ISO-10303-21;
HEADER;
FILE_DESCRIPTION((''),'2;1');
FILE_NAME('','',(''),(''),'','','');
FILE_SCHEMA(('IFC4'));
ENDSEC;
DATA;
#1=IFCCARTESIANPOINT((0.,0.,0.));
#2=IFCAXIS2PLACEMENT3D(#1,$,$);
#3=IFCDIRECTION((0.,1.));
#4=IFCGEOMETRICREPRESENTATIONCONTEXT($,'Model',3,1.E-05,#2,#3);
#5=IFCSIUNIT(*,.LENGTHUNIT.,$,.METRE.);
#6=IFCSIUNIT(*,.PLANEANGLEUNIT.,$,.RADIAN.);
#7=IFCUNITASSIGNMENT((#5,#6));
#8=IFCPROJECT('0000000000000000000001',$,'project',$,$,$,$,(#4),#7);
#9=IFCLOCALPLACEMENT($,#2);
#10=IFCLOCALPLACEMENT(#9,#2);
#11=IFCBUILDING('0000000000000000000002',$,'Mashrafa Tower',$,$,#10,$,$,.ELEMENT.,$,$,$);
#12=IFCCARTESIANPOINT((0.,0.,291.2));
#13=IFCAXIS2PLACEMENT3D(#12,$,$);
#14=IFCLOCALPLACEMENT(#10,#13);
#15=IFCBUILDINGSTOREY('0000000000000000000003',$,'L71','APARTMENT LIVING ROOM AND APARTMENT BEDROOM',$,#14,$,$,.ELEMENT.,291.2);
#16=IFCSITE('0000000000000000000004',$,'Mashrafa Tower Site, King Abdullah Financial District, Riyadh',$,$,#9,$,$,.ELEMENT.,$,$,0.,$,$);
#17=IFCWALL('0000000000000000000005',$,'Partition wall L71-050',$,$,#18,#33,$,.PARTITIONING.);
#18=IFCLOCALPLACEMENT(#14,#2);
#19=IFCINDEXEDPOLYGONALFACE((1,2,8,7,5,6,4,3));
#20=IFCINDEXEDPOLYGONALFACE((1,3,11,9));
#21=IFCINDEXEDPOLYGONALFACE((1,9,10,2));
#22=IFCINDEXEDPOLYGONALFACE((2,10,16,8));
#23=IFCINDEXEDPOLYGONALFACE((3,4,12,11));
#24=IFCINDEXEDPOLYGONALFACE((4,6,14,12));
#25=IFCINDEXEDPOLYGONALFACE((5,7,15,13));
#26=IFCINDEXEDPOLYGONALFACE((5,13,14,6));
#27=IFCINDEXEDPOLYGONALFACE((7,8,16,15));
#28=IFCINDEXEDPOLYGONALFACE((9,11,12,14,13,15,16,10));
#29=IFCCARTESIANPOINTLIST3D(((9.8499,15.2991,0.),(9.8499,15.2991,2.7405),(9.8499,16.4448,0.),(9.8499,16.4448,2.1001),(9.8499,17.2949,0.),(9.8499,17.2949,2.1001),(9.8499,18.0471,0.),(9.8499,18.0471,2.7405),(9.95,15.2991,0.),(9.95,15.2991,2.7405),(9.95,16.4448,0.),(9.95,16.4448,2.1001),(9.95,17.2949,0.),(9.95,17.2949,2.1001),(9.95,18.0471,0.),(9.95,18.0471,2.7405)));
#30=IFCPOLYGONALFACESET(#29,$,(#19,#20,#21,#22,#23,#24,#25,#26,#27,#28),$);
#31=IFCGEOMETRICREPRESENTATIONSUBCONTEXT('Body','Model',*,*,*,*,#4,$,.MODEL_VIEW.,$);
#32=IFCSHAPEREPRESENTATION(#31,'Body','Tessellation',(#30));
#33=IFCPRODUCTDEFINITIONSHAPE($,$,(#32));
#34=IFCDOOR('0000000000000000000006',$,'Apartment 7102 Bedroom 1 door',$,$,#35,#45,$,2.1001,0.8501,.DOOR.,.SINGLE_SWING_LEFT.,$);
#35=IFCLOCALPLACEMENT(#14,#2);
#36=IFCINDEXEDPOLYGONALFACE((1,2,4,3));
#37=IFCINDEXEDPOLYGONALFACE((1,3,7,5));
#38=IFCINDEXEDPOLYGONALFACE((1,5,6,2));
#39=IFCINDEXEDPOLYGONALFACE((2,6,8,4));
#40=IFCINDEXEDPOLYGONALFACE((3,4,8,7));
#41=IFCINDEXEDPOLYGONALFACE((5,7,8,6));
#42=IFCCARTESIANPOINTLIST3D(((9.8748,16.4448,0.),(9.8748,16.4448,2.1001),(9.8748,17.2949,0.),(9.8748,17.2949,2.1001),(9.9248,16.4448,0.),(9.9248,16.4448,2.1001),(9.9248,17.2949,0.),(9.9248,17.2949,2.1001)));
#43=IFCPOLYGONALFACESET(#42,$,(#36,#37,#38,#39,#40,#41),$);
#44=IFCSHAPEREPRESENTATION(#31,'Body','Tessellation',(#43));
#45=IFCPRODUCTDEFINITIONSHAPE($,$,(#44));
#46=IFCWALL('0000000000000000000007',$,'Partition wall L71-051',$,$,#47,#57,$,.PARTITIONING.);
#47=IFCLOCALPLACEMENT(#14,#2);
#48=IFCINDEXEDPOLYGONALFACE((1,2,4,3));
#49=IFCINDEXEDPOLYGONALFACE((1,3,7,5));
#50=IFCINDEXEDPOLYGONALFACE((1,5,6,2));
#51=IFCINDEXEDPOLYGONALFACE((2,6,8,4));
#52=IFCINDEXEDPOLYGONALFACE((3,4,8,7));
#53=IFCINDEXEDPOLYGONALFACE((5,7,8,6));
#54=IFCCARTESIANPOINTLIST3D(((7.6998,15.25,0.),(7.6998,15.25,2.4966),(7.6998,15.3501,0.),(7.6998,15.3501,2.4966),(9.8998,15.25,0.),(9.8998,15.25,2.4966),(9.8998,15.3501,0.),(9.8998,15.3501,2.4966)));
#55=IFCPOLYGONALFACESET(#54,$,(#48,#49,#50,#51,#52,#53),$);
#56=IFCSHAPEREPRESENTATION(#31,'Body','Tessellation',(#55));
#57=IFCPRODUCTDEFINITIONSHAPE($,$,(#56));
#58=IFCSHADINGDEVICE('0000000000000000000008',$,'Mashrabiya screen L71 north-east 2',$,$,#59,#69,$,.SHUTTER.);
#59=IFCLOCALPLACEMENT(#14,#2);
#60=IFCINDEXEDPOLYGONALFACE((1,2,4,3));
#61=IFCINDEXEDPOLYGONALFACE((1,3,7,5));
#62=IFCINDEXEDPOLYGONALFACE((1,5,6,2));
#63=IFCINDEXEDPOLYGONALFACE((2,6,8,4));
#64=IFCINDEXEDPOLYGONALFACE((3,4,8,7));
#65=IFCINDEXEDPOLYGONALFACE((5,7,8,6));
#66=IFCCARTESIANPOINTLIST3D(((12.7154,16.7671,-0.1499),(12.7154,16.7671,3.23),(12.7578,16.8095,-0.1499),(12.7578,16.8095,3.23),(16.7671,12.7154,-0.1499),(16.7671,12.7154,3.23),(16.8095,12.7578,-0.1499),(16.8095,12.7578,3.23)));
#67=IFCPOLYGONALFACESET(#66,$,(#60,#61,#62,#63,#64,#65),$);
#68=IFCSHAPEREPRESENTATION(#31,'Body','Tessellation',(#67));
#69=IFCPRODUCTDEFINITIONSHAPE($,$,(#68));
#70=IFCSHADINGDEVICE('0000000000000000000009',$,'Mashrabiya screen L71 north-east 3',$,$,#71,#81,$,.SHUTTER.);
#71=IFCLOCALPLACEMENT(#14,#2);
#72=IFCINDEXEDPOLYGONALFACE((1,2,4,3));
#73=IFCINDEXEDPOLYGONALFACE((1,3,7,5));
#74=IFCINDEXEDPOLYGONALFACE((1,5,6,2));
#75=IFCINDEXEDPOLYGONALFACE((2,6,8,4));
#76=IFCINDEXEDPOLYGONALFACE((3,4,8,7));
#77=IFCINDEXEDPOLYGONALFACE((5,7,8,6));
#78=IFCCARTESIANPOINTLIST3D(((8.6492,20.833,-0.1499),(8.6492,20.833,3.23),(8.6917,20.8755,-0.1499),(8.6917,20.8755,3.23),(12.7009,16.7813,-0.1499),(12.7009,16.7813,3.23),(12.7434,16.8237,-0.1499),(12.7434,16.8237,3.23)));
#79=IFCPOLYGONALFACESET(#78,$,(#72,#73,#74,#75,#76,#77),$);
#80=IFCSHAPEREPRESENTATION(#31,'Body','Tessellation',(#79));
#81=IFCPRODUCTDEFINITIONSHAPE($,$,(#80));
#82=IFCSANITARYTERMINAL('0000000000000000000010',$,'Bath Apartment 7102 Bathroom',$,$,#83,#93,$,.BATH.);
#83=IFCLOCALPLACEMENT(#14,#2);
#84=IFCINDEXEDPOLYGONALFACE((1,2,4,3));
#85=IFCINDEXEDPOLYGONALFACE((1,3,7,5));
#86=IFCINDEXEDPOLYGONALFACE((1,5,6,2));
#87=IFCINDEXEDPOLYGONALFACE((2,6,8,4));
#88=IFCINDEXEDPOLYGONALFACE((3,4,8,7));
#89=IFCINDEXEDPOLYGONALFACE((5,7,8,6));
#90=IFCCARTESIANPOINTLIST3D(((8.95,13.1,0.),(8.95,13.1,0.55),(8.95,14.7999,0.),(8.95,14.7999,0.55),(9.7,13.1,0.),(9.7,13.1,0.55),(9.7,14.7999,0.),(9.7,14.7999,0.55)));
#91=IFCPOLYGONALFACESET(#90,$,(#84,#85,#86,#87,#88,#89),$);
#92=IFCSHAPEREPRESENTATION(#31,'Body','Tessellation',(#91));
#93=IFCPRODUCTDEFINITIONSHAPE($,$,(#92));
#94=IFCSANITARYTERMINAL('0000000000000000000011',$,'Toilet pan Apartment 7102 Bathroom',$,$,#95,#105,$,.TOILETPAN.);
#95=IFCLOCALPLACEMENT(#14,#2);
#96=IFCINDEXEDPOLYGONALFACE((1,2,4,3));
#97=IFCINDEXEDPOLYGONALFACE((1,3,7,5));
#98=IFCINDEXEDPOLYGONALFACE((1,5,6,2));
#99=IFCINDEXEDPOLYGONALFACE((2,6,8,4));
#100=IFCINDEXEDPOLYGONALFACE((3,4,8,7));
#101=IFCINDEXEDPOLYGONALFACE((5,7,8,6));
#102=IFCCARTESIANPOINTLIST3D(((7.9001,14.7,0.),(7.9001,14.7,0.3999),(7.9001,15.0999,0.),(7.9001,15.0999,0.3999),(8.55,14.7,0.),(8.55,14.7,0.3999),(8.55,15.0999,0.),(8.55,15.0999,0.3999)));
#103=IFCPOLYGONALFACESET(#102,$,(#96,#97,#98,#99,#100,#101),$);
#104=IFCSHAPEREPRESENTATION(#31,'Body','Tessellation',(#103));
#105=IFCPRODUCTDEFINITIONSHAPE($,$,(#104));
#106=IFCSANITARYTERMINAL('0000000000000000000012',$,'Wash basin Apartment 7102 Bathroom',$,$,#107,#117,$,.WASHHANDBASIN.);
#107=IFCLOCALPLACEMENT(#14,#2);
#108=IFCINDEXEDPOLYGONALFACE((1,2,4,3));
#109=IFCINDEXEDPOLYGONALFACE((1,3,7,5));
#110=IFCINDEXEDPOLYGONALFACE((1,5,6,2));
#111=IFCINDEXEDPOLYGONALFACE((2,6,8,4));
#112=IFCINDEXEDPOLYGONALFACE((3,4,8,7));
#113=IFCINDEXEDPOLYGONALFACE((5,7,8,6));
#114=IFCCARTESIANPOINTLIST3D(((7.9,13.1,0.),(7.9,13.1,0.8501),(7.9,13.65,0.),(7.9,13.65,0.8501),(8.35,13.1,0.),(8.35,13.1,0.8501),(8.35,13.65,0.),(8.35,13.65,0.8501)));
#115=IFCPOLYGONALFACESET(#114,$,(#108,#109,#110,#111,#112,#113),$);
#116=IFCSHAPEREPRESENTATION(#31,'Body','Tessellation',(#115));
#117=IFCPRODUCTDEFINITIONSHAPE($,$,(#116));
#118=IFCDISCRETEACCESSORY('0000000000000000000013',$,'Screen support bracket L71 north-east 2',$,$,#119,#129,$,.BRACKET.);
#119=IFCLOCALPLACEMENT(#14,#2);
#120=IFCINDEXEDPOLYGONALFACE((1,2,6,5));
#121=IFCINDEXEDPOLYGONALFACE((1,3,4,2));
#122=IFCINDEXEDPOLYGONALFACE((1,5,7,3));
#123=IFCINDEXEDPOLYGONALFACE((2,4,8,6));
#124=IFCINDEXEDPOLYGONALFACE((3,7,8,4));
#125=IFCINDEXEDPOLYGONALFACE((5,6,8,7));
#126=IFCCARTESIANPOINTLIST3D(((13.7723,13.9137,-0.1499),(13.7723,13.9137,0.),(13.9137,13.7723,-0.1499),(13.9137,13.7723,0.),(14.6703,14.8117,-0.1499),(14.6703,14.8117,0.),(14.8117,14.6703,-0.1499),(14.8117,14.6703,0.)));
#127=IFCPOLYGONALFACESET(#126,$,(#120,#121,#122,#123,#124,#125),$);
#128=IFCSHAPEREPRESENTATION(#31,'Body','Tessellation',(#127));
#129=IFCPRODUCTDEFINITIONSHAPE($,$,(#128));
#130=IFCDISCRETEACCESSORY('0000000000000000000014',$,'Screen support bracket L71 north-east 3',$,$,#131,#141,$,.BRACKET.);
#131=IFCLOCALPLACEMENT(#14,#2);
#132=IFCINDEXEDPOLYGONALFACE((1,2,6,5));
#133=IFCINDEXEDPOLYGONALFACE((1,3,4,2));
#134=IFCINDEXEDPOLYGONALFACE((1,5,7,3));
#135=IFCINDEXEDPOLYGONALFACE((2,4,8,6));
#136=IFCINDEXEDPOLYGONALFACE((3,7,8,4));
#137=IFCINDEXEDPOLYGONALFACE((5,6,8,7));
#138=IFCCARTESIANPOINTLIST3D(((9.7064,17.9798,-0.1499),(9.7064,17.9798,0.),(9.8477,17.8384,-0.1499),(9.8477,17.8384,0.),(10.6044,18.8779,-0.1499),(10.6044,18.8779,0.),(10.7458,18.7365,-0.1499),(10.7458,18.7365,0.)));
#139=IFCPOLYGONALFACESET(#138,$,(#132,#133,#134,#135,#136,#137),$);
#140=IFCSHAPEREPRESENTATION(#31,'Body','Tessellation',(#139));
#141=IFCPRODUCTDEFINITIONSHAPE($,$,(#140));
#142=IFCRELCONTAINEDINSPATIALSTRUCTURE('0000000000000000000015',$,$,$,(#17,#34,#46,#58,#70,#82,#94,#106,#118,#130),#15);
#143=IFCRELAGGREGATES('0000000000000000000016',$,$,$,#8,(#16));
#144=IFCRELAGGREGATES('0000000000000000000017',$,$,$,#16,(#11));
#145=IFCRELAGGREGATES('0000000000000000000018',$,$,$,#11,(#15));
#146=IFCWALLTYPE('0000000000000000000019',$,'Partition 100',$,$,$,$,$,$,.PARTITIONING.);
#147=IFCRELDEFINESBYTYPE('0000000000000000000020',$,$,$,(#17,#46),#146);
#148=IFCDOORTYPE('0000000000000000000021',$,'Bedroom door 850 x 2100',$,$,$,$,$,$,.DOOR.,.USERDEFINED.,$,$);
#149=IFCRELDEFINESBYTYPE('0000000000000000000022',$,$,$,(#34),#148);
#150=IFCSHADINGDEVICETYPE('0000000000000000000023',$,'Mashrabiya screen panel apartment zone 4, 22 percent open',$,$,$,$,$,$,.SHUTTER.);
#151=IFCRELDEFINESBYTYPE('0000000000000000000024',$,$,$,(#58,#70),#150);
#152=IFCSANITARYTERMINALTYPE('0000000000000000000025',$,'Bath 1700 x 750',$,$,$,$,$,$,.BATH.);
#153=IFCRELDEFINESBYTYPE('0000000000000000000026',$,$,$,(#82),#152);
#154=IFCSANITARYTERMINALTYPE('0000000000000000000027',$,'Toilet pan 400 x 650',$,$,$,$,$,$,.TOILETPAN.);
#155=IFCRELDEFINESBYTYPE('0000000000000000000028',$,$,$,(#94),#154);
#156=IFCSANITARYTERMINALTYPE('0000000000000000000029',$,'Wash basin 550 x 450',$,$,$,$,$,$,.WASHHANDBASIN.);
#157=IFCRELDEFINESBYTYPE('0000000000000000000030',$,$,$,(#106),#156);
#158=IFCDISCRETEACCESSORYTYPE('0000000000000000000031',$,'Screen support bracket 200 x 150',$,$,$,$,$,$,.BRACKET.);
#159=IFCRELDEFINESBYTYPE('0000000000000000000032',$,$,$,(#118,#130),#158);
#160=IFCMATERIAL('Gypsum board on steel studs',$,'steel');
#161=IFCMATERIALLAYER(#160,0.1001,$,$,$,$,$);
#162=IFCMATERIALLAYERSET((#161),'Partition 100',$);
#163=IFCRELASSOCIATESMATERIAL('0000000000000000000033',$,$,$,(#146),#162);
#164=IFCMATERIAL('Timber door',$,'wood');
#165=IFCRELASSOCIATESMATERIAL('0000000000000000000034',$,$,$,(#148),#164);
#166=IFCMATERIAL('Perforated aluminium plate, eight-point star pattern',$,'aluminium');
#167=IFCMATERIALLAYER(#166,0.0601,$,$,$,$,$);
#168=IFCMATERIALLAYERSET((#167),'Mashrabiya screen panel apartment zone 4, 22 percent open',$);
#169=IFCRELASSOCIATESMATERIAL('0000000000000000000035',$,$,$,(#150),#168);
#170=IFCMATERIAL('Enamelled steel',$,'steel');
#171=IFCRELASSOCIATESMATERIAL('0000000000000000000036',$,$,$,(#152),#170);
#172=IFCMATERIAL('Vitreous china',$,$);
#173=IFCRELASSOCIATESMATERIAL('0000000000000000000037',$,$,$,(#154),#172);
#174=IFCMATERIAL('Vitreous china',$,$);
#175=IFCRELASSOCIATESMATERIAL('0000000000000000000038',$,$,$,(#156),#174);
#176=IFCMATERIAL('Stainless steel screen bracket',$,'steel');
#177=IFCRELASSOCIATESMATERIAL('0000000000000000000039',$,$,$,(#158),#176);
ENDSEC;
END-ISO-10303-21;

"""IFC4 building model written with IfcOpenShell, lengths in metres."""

from ifc_helpers import new_model, si_unit, direction, frame, frame_2d, origin, origin_2d, place, context, subcontext, project, spatial, rectangle, extrude, source, transform, mapped, material, layer, layer_set, type_object, type_shapes, element, fill, save


model = new_model("IFC4")

# Units and contexts
model_context = context("Model", 3, precision=1e-05, world=origin(), true_north=direction((0.0, 1.0)))
body_context = subcontext(model_context, "Body", "Model", "MODEL_VIEW")
ifc_project = project(units=[si_unit("LENGTHUNIT", "METRE"), si_unit("PLANEANGLEUNIT", "RADIAN")], contexts=[model_context])

# Site, building, storey
site_placement = place(None, origin())
site = spatial("IfcSite", under=ifc_project, at=site_placement, Name="Mashrafa Tower Site, King Abdullah Financial District, Riyadh", CompositionType="ELEMENT", RefElevation=0.0)
building_placement = place(site_placement, origin())
building = spatial("IfcBuilding", under=site, at=building_placement, Name="Mashrafa Tower", CompositionType="ELEMENT")
storey_placement = place(building_placement, frame((0.0, 0.0, 291.2)))
storey = spatial("IfcBuildingStorey", under=building, at=storey_placement, Name="L71", Description="APARTMENT LIVING ROOM AND APARTMENT BEDROOM", CompositionType="ELEMENT", Elevation=291.2)

# Shared definitions
ifc_material_1 = material(Name="Gypsum board on steel studs", Category="steel")
ifc_layer_1 = layer(ifc_material_1, 0.1001)
ifc_layer_set_1 = layer_set([ifc_layer_1], Name="Partition 100")
wall_type_1 = type_object("IfcWallType", Name="Partition 100", PredefinedType="PARTITIONING", material=ifc_layer_set_1)

# Wall, opening, door
wall_1_placement = place(storey_placement, frame((9.8999, 18.0471, 0.0), z_axis=(0.0, 0.0, 1.0), x_axis=(0.0, -1.0, 0.0)))
wall_1 = element("IfcWall", 1, at=wall_1_placement, inside=storey, type_object=wall_type_1, Name="Partition wall L71-050", PredefinedType="PARTITIONING", context=body_context, shape_type="SweptSolid", body=[
    extrude(rectangle(XDim=2.748, YDim=0.1001, at=frame_2d((1.374, 0.0))), origin(), (0.0, 0.0, 1.0), 2.7405),
])
opening_placement = place(wall_1_placement, frame((0.7522, 0.0, 0.0)))
opening = element("IfcOpeningElement", 2, at=opening_placement, cuts=wall_1, PredefinedType="OPENING", context=body_context, shape_type="SweptSolid", body=[
    extrude(rectangle(XDim=0.8501, YDim=2.1001, at=frame_2d((0.425, 1.05))), frame((0.0, 0.0601, 0.0), z_axis=(0.0, -1.0, 0.0), x_axis=(1.0, 0.0, 0.0)), (0.0, 0.0, 1.0), 0.1201),
])
ifc_material_2 = material(Name="Timber door", Category="wood")
door_type = type_object("IfcDoorType", Name="Bedroom door 850 x 2100", OperationType="USERDEFINED", PredefinedType="DOOR", material=ifc_material_2)
door_placement = place(opening_placement, origin())
door = element("IfcDoor", 3, at=door_placement, inside=storey, type_object=door_type, Name="Apartment 7102 Bedroom 1 door", OperationType="SINGLE_SWING_LEFT", OverallHeight=2.1001, OverallWidth=0.8501, PredefinedType="DOOR", context=body_context, shape_type="SweptSolid", body=[
    extrude(rectangle(XDim=0.8501, YDim=2.1001, at=frame_2d((0.425, 1.05))), frame((0.0, 0.0249, 0.0), z_axis=(0.0, -1.0, 0.0), x_axis=(1.0, 0.0, 0.0)), (0.0, 0.0, 1.0), 0.05),
])
fill(opening, door)

# Wall
wall_2_placement = place(storey_placement, frame((9.8999, 15.3, 0.0), z_axis=(0.0, 0.0, 1.0), x_axis=(-1.0, 0.0, 0.0)))
element("IfcWall", 4, at=wall_2_placement, inside=storey, type_object=wall_type_1, Name="Partition wall L71-051", PredefinedType="PARTITIONING", context=body_context, shape_type="SweptSolid", body=[
    extrude(rectangle(XDim=2.2, YDim=0.1001, at=frame_2d((1.1001, 0.0))), origin(), (0.0, 0.0, 1.0), 2.4966),
])

# Shading devices
ifc_material_3 = material(Name="Perforated aluminium plate, eight-point star pattern", Category="aluminium")
ifc_layer_2 = layer(ifc_material_3, 0.0601)
ifc_layer_set_2 = layer_set([ifc_layer_2], Name="Mashrabiya screen panel apartment zone 4, 22 percent open")
shading_device_type = type_object("IfcShadingDeviceType", Name="Mashrabiya screen panel apartment zone 4, 22 percent open", PredefinedType="SHUTTER", material=ifc_layer_set_2)
shared_shape_1 = source(origin(), body_context, "Body", "SweptSolid", [
    extrude(rectangle(XDim=5.73, YDim=0.0601, at=origin_2d()), origin(), (0.0, 0.0, 1.0), 3.3799),
])
type_shapes(shading_device_type, [shared_shape_1])
for number, where, z_axis, x_axis, name in (
    (5, (14.7625, 14.7625, -0.1499), (0.0, 0.0, 1.0), (-0.707107, 0.707107, 0.0), "Mashrabiya screen L71 north-east 2"),
    (6, (10.6963, 18.8284, -0.1499), (0.0, 0.0, 1.0), (-0.707107, 0.707107, 0.0), "Mashrabiya screen L71 north-east 3"),
):
    element("IfcShadingDevice", number, at=place(storey_placement, frame(where, z_axis=z_axis, x_axis=x_axis)), inside=storey, type_object=shading_device_type, Name=name, PredefinedType="SHUTTER", context=body_context, shape_type="MappedRepresentation", body=[
        mapped(shared_shape_1, transform((0.0, 0.0, 0.0))),
    ])

# Sanitary terminals
ifc_material_4 = material(Name="Enamelled steel", Category="steel")
sanitary_terminal_type_1 = type_object("IfcSanitaryTerminalType", Name="Bath 1700 x 750", PredefinedType="BATH", material=ifc_material_4)
sanitary_terminal_1_placement = place(storey_placement, frame((9.325, 13.95, 0.0), z_axis=(0.0, 0.0, 1.0), x_axis=(0.0, 1.0, 0.0)))
element("IfcSanitaryTerminal", 7, at=sanitary_terminal_1_placement, inside=storey, type_object=sanitary_terminal_type_1, Name="Bath Apartment 7102 Bathroom", PredefinedType="BATH", context=body_context, shape_type="SweptSolid", body=[
    extrude(rectangle(XDim=1.7, YDim=0.75, at=origin_2d()), origin(), (0.0, 0.0, 1.0), 0.55),
])
ifc_material_5 = material(Name="Vitreous china")
sanitary_terminal_type_2 = type_object("IfcSanitaryTerminalType", Name="Toilet pan 400 x 650", PredefinedType="TOILETPAN", material=ifc_material_5)
sanitary_terminal_2_placement = place(storey_placement, frame((8.2251, 14.8999, 0.0), z_axis=(0.0, 0.0, 1.0), x_axis=(0.0, -1.0, 0.0)))
element("IfcSanitaryTerminal", 8, at=sanitary_terminal_2_placement, inside=storey, type_object=sanitary_terminal_type_2, Name="Toilet pan Apartment 7102 Bathroom", PredefinedType="TOILETPAN", context=body_context, shape_type="SweptSolid", body=[
    extrude(rectangle(XDim=0.3999, YDim=0.6499, at=origin_2d()), origin(), (0.0, 0.0, 1.0), 0.3999),
])
ifc_material_6 = material(Name="Vitreous china")
sanitary_terminal_type_3 = type_object("IfcSanitaryTerminalType", Name="Wash basin 550 x 450", PredefinedType="WASHHANDBASIN", material=ifc_material_6)
sanitary_terminal_3_placement = place(storey_placement, frame((8.125, 13.375, 0.0), z_axis=(0.0, 0.0, 1.0), x_axis=(0.0, -1.0, 0.0)))
element("IfcSanitaryTerminal", 9, at=sanitary_terminal_3_placement, inside=storey, type_object=sanitary_terminal_type_3, Name="Wash basin Apartment 7102 Bathroom", PredefinedType="WASHHANDBASIN", context=body_context, shape_type="SweptSolid", body=[
    extrude(rectangle(XDim=0.55, YDim=0.45, at=origin_2d()), origin(), (0.0, 0.0, 1.0), 0.8501),
])

# Discrete accessories
ifc_material_7 = material(Name="Stainless steel screen bracket", Category="steel")
discrete_accessory_type = type_object("IfcDiscreteAccessoryType", Name="Screen support bracket 200 x 150", PredefinedType="BRACKET", material=ifc_material_7)
shared_shape_2 = source(origin(), body_context, "Body", "SweptSolid", [
    extrude(rectangle(XDim=0.2, YDim=1.27, at=origin_2d()), origin(), (0.0, 0.0, 1.0), 0.1499),
])
type_shapes(discrete_accessory_type, [shared_shape_2])
for number, where, z_axis, x_axis, name in (
    (10, (14.292, 14.292, -0.1499), (0.0, 0.0, 1.0), (-0.707107, 0.707107, 0.0), "Screen support bracket L71 north-east 2"),
    (11, (10.2261, 18.3582, -0.1499), (0.0, 0.0, 1.0), (-0.707107, 0.707107, 0.0), "Screen support bracket L71 north-east 3"),
):
    element("IfcDiscreteAccessory", number, at=place(storey_placement, frame(where, z_axis=z_axis, x_axis=x_axis)), inside=storey, type_object=discrete_accessory_type, Name=name, PredefinedType="BRACKET", context=body_context, shape_type="MappedRepresentation", body=[
        mapped(shared_shape_2, transform((0.0, 0.0, 0.0))),
    ])

save(model, "model.ifc")
